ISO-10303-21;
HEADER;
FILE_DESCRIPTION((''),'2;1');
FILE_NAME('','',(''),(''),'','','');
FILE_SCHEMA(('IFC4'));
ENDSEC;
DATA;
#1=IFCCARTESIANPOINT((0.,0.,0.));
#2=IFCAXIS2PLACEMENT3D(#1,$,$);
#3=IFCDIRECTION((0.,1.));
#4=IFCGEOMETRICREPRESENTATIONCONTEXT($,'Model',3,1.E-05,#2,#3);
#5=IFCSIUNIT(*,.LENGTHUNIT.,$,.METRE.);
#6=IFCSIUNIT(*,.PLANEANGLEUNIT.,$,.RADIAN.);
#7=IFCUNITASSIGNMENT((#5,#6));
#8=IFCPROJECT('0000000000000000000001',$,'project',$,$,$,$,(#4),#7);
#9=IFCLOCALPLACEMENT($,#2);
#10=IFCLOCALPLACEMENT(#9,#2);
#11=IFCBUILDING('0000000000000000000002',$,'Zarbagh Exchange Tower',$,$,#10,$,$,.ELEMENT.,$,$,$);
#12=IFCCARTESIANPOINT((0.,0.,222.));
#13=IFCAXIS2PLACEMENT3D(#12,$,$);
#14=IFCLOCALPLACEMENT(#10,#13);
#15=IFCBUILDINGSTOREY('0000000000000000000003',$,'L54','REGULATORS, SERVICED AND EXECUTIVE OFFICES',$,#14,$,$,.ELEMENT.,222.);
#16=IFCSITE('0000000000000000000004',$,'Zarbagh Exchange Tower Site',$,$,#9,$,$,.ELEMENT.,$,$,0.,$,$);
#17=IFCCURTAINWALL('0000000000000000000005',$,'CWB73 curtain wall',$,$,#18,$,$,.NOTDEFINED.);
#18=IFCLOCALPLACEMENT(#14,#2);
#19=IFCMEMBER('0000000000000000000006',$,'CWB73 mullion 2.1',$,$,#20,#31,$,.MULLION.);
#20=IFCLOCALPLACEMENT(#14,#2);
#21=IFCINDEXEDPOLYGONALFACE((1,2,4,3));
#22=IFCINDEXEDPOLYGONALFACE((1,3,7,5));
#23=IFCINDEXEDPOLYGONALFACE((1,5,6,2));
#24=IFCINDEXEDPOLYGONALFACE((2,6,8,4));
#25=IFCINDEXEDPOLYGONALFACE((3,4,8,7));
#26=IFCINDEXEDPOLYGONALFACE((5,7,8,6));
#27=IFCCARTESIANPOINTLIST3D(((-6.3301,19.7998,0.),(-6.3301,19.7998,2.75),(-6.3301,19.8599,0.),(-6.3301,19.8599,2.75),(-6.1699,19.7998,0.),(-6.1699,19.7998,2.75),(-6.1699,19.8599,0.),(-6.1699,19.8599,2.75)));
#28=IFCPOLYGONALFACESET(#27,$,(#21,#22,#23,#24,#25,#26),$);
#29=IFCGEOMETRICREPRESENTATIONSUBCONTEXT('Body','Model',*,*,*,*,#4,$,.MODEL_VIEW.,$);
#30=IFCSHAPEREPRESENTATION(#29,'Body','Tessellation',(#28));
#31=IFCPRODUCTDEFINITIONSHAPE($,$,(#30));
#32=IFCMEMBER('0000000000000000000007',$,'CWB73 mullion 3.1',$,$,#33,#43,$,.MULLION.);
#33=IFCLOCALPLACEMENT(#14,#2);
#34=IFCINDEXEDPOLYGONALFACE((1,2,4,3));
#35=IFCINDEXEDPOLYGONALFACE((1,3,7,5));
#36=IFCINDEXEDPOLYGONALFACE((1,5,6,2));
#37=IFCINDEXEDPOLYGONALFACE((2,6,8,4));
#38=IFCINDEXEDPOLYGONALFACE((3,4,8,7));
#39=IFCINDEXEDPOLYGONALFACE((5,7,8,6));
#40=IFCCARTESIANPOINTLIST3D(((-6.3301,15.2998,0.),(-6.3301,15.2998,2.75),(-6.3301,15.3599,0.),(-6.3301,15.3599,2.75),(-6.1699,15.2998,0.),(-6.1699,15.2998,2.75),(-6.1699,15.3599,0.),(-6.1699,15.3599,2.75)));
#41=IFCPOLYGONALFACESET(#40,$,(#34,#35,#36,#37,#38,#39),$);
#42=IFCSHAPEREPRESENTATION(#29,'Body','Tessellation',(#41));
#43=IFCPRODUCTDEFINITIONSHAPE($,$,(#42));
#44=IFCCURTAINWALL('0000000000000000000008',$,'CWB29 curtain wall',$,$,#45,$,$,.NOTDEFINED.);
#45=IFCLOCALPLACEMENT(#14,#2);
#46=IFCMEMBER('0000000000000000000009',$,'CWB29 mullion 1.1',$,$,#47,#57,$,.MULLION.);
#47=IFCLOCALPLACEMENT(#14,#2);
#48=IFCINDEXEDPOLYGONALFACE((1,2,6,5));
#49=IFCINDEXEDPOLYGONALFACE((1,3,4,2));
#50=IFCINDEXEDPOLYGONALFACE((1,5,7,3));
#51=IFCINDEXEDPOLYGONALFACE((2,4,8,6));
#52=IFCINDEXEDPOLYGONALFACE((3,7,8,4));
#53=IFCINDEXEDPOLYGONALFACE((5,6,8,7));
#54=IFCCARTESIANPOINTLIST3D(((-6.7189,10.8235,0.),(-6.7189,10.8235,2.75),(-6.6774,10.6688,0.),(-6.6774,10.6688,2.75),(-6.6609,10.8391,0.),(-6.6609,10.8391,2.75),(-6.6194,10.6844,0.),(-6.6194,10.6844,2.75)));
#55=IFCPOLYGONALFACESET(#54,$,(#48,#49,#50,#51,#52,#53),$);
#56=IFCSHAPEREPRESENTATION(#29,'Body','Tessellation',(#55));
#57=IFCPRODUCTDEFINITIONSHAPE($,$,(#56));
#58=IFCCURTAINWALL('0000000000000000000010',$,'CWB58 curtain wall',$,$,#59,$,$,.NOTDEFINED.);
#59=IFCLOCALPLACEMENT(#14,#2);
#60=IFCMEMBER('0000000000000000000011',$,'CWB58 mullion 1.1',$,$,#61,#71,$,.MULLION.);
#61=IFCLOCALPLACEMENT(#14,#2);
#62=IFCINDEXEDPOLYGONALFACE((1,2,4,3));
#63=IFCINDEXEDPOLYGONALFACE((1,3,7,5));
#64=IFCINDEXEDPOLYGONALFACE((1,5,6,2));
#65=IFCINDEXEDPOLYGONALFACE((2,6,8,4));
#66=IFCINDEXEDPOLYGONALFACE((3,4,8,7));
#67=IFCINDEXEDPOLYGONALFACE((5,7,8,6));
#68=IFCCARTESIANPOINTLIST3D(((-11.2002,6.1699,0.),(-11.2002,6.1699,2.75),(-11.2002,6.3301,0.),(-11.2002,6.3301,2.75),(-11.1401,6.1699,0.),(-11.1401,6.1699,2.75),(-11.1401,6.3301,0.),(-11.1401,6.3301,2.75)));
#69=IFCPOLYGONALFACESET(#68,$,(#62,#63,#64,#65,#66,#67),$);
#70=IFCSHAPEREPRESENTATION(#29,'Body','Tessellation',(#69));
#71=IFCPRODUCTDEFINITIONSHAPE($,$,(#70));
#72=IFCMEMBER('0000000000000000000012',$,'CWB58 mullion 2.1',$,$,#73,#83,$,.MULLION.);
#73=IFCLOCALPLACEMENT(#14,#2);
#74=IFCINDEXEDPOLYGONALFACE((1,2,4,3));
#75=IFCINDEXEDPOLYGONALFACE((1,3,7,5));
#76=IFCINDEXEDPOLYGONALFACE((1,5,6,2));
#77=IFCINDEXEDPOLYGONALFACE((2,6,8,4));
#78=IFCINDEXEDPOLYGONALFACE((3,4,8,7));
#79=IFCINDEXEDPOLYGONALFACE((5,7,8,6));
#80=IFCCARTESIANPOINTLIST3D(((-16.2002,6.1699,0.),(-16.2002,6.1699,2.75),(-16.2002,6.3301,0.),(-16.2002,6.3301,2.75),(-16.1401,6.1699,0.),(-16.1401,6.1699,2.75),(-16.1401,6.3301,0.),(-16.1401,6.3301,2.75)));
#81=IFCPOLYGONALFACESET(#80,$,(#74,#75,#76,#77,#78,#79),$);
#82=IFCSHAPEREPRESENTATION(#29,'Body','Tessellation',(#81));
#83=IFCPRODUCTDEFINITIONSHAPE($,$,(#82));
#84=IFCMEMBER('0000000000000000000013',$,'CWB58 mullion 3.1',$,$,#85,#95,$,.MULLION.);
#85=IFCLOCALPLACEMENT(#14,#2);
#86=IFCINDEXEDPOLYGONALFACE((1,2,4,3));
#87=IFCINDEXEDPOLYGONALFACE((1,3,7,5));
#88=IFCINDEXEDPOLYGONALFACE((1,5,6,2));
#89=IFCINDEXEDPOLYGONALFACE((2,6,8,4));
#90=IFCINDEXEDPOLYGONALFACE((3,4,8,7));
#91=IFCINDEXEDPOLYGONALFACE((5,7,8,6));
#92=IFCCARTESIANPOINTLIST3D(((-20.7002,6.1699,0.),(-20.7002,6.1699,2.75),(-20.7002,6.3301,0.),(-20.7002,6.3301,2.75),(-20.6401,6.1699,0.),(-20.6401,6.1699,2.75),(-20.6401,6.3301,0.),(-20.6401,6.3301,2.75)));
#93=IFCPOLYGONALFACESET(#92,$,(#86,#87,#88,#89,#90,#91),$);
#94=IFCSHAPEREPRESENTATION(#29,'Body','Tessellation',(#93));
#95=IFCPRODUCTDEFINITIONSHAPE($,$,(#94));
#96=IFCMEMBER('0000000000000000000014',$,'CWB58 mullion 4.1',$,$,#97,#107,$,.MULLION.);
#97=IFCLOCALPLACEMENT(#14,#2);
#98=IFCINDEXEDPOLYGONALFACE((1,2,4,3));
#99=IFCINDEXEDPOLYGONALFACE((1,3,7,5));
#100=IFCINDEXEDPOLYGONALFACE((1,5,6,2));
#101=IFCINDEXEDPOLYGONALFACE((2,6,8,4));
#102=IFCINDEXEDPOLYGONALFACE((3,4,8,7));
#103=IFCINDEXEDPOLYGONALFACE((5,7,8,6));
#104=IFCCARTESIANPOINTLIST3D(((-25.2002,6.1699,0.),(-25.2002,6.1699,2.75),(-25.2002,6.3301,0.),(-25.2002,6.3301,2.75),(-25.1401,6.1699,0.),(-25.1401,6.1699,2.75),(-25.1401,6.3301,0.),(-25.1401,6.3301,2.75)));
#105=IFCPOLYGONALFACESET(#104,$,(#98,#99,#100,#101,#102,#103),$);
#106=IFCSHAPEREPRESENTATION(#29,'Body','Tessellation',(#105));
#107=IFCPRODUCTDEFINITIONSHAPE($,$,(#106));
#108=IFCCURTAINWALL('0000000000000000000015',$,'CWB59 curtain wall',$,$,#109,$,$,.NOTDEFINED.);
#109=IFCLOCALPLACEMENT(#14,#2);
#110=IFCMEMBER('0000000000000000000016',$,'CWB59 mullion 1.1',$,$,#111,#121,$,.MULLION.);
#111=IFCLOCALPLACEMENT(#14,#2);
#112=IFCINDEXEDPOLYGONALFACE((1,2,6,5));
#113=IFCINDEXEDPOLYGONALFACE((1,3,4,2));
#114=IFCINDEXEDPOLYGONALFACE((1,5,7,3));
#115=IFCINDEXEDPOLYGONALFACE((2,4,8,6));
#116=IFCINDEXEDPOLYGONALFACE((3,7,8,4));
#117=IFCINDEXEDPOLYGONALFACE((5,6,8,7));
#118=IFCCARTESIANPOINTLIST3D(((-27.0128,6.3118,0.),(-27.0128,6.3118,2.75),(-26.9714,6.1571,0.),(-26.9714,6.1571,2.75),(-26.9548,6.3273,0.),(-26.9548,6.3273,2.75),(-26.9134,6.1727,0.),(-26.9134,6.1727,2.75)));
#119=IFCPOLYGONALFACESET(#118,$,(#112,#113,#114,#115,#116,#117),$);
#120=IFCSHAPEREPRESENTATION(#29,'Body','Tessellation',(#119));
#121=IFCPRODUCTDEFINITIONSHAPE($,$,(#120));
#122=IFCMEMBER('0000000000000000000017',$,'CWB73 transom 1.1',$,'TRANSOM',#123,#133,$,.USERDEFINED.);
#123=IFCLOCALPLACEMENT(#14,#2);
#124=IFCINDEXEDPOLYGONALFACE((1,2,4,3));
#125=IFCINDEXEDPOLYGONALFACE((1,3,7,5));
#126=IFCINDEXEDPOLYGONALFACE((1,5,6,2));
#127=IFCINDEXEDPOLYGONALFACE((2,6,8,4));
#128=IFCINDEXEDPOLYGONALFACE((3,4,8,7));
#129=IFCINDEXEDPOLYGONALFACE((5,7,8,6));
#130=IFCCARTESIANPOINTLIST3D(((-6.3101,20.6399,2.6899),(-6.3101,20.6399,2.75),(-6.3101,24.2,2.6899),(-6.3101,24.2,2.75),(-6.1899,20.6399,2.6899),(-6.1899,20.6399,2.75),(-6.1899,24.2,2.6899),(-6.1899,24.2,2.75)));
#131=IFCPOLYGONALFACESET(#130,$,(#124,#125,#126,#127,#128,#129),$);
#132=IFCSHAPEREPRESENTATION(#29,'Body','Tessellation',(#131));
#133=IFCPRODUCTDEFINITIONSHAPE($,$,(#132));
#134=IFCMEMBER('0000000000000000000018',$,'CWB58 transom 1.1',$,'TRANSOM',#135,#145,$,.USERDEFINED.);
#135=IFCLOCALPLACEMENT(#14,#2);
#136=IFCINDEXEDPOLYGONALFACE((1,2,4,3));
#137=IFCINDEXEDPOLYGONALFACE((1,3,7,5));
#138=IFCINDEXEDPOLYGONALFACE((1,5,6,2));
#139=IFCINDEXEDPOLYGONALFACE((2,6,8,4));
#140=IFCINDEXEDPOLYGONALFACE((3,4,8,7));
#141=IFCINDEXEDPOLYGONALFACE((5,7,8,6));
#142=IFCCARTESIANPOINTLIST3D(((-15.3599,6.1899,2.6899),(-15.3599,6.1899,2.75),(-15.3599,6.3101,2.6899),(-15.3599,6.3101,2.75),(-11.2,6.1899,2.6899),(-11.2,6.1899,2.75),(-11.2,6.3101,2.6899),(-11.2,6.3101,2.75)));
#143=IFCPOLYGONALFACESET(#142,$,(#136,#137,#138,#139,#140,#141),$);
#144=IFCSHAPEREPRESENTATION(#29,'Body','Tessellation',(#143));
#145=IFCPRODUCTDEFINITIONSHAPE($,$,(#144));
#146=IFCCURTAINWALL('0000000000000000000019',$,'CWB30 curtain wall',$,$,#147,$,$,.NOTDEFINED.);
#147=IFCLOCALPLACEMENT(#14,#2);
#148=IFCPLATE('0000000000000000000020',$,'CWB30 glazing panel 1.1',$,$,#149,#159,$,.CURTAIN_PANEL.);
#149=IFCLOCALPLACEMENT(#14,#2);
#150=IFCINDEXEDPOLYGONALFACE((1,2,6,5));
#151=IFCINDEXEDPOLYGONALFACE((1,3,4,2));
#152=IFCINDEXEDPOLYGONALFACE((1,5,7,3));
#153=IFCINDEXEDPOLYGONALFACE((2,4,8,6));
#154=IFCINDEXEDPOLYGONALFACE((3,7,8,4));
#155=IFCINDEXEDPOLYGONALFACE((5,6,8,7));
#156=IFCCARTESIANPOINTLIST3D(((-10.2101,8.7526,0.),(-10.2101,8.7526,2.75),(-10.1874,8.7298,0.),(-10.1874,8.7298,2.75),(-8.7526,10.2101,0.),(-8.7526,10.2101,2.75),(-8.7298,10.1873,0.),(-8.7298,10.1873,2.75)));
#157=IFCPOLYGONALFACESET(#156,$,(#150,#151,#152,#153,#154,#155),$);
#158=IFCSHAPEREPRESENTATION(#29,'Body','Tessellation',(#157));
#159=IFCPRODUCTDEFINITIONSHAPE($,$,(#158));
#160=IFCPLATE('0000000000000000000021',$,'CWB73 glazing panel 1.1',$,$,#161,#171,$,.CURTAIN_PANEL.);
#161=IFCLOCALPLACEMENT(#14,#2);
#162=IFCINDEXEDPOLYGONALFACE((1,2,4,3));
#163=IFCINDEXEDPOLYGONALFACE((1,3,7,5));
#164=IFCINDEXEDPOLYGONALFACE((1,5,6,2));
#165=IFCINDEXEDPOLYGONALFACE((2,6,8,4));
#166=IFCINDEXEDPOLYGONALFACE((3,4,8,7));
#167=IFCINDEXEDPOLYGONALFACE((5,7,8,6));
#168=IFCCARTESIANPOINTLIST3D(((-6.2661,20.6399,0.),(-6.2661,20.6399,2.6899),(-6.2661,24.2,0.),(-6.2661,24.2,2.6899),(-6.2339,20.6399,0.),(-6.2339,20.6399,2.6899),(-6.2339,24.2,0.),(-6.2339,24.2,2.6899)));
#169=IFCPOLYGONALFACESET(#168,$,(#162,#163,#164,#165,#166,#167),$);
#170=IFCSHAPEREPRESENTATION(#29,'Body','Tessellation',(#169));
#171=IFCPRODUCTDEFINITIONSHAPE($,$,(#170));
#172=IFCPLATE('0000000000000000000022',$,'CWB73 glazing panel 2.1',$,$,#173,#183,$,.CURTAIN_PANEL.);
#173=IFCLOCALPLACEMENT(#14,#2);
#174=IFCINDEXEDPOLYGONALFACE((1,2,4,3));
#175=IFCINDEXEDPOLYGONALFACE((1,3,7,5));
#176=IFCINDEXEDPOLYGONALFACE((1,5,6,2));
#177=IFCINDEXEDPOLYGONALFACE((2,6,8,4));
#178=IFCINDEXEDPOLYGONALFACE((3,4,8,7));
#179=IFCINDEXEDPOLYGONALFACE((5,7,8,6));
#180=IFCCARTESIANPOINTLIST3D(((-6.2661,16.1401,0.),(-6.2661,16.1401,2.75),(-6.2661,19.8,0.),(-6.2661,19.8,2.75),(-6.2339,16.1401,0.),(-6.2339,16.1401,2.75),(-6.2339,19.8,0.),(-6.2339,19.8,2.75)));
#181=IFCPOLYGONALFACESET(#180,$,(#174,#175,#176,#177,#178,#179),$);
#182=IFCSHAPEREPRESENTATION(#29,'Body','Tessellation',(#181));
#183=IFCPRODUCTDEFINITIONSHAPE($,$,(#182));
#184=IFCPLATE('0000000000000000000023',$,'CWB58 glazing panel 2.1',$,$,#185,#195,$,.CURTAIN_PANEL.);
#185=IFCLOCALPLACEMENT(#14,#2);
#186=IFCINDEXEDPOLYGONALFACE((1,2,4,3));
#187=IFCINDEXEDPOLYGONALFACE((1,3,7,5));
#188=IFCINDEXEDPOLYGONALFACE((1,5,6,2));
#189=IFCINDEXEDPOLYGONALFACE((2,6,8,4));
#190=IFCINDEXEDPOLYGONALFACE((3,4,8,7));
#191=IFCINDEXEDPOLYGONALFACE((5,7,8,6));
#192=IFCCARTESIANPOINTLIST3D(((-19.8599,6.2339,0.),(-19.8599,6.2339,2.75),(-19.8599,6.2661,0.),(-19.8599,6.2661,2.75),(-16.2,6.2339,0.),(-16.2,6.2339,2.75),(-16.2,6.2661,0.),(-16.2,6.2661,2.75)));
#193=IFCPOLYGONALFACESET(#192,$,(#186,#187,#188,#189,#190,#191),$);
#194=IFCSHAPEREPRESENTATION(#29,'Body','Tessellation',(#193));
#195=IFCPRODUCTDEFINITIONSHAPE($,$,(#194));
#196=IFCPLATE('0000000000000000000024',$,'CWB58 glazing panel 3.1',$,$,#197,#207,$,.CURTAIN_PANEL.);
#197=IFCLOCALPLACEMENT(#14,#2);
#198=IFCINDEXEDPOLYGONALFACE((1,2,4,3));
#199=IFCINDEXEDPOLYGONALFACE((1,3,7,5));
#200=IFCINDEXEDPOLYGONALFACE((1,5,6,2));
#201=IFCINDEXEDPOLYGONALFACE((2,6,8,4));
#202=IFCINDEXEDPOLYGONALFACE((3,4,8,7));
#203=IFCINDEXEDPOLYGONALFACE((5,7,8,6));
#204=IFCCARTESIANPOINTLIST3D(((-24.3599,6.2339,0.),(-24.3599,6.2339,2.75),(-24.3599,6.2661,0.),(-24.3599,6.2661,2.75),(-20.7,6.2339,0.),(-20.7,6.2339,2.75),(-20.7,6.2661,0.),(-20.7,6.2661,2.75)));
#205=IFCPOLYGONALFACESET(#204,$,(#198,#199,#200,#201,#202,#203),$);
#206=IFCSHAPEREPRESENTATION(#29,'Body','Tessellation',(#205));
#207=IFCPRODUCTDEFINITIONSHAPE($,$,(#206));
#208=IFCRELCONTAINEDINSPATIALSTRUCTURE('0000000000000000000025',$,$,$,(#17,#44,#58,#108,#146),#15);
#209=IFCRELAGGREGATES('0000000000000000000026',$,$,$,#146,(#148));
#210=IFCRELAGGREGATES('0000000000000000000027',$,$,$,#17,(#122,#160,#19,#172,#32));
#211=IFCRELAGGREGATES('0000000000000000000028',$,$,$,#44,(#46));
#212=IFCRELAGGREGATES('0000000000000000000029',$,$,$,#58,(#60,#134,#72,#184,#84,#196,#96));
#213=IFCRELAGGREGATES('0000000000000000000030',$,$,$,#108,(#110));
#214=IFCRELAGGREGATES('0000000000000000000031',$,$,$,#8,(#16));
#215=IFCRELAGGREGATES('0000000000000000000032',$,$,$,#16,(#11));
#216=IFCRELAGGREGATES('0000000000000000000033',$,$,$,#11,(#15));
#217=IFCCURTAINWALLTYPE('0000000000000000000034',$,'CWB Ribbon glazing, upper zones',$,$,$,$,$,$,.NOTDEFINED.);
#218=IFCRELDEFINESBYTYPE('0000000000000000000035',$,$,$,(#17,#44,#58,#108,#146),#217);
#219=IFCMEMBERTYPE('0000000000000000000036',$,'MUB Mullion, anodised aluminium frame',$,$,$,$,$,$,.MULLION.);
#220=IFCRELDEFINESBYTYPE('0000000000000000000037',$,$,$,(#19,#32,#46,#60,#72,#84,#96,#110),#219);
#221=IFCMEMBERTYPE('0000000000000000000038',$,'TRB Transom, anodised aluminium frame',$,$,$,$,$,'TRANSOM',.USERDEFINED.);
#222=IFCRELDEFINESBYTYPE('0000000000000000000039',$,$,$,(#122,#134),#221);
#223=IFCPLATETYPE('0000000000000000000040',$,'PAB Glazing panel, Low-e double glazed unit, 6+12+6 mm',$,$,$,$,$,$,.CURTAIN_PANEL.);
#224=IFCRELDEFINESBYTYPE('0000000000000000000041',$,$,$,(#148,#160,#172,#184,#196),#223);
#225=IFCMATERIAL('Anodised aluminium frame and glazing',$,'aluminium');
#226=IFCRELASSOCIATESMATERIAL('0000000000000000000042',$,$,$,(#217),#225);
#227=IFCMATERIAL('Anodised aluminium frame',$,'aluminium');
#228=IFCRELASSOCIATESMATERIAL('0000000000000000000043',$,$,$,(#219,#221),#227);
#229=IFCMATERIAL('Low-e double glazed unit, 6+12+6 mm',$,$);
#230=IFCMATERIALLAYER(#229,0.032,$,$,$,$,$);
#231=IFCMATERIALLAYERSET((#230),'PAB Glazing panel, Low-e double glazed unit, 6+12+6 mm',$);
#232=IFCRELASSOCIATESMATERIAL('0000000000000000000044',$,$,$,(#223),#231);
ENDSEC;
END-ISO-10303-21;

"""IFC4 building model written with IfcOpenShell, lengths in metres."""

from ifc_helpers import new_model, si_unit, direction, frame, origin, place, context, subcontext, project, spatial, polyline, outline, extrude, source, transform, mapped, material, layer, layer_set, type_object, element, aggregate, save


model = new_model("IFC4")

# Units and contexts
model_context = context("Model", 3, precision=1e-05, world=origin(), true_north=direction((0.0, 1.0)))
body_context = subcontext(model_context, "Body", "Model", "MODEL_VIEW")
ifc_project = project(units=[si_unit("LENGTHUNIT", "METRE"), si_unit("PLANEANGLEUNIT", "RADIAN")], contexts=[model_context])

# Site, building, storey
site_placement = place(None, origin())
site = spatial("IfcSite", under=ifc_project, at=site_placement, Name="Zarbagh Exchange Tower Site", CompositionType="ELEMENT", RefElevation=0.0)
building_placement = place(site_placement, origin())
building = spatial("IfcBuilding", under=site, at=building_placement, Name="Zarbagh Exchange Tower", CompositionType="ELEMENT")
storey_placement = place(building_placement, frame((0.0, 0.0, 222.0)))
storey = spatial("IfcBuildingStorey", under=building, at=storey_placement, Name="L54", Description="REGULATORS, SERVICED AND EXECUTIVE OFFICES", CompositionType="ELEMENT", Elevation=222.0)

# Curtain wall, members
ifc_material_1 = material(Name="Anodised aluminium frame and glazing", Category="aluminium")
curtain_wall_type = type_object("IfcCurtainWallType", Name="CWB Ribbon glazing, upper zones", PredefinedType="NOTDEFINED", material=ifc_material_1)
curtain_wall_1_placement = place(storey_placement, origin())
curtain_wall_1 = element("IfcCurtainWall", 1, at=curtain_wall_1_placement, inside=storey, type_object=curtain_wall_type, Name="CWB73 curtain wall", PredefinedType="NOTDEFINED")
ifc_material_2 = material(Name="Anodised aluminium frame", Category="aluminium")
member_type_1 = type_object("IfcMemberType", Name="MUB Mullion, anodised aluminium frame", PredefinedType="MULLION", material=ifc_material_2)
shared_shape_1 = source(origin(), body_context, "Body", "SweptSolid", [
    extrude(outline(polyline([(0.0, -0.0801), (0.0601, -0.0801), (0.0601, 0.0801), (0.0, 0.0801), (0.0, -0.0801)])), origin(), (0.0, 0.0, 1.0), 2.75),
])
placement = place(storey_placement, origin())
member_1 = element("IfcMember", 2, at=placement, type_object=member_type_1, Name="CWB73 mullion 2.1", PredefinedType="MULLION", context=body_context, shape_type="MappedRepresentation", body=[
    mapped(shared_shape_1, transform((-6.25, 19.8599, 0.0), x_axis=(0.0, -1.0, 0.0), y_axis=(1.0, 0.0, 0.0), z_axis=(0.0, 0.0, 1.0))),
])
member_2 = element("IfcMember", 3, at=placement, type_object=member_type_1, Name="CWB73 mullion 3.1", PredefinedType="MULLION", context=body_context, shape_type="MappedRepresentation", body=[
    mapped(shared_shape_1, transform((-6.25, 15.3599, 0.0), x_axis=(0.0, -1.0, 0.0), y_axis=(1.0, 0.0, 0.0), z_axis=(0.0, 0.0, 1.0))),
])

# Curtain wall, member
curtain_wall_2_placement = place(storey_placement, origin())
curtain_wall_2 = element("IfcCurtainWall", 4, at=curtain_wall_2_placement, inside=storey, type_object=curtain_wall_type, Name="CWB29 curtain wall", PredefinedType="NOTDEFINED")
member_3 = element("IfcMember", 5, at=placement, type_object=member_type_1, Name="CWB29 mullion 1.1", PredefinedType="MULLION", context=body_context, shape_type="MappedRepresentation", body=[
    mapped(shared_shape_1, transform((-6.6401, 10.7617, 0.0), x_axis=(-0.965924, -0.258825, 0.0), y_axis=(0.258825, -0.965924, 0.0), z_axis=(0.0, 0.0, 1.0))),
])

# Curtain wall, members
curtain_wall_3_placement = place(storey_placement, origin())
curtain_wall_3 = element("IfcCurtainWall", 6, at=curtain_wall_3_placement, inside=storey, type_object=curtain_wall_type, Name="CWB58 curtain wall", PredefinedType="NOTDEFINED")
member_4 = element("IfcMember", 7, at=placement, type_object=member_type_1, Name="CWB58 mullion 1.1", PredefinedType="MULLION", context=body_context, shape_type="MappedRepresentation", body=[
    mapped(shared_shape_1, transform((-11.1401, 6.25, 0.0), x_axis=(-1.0, 0.0, 0.0), y_axis=(0.0, -1.0, 0.0), z_axis=(0.0, 0.0, 1.0))),
])
member_5 = element("IfcMember", 8, at=placement, type_object=member_type_1, Name="CWB58 mullion 2.1", PredefinedType="MULLION", context=body_context, shape_type="MappedRepresentation", body=[
    mapped(shared_shape_1, transform((-16.1401, 6.25, 0.0), x_axis=(-1.0, 0.0, 0.0), y_axis=(0.0, -1.0, 0.0), z_axis=(0.0, 0.0, 1.0))),
])
member_6 = element("IfcMember", 9, at=placement, type_object=member_type_1, Name="CWB58 mullion 3.1", PredefinedType="MULLION", context=body_context, shape_type="MappedRepresentation", body=[
    mapped(shared_shape_1, transform((-20.6401, 6.25, 0.0), x_axis=(-1.0, 0.0, 0.0), y_axis=(0.0, -1.0, 0.0), z_axis=(0.0, 0.0, 1.0))),
])
member_7 = element("IfcMember", 10, at=placement, type_object=member_type_1, Name="CWB58 mullion 4.1", PredefinedType="MULLION", context=body_context, shape_type="MappedRepresentation", body=[
    mapped(shared_shape_1, transform((-25.1401, 6.25, 0.0), x_axis=(-1.0, 0.0, 0.0), y_axis=(0.0, -1.0, 0.0), z_axis=(0.0, 0.0, 1.0))),
])

# Curtain wall, member
curtain_wall_4_placement = place(storey_placement, origin())
curtain_wall_4 = element("IfcCurtainWall", 11, at=curtain_wall_4_placement, inside=storey, type_object=curtain_wall_type, Name="CWB59 curtain wall", PredefinedType="NOTDEFINED")
member_8 = element("IfcMember", 12, at=placement, type_object=member_type_1, Name="CWB59 mullion 1.1", PredefinedType="MULLION", context=body_context, shape_type="MappedRepresentation", body=[
    mapped(shared_shape_1, transform((-26.9341, 6.25, 0.0), x_axis=(-0.965924, -0.258825, 0.0), y_axis=(0.258825, -0.965924, 0.0), z_axis=(0.0, 0.0, 1.0))),
])

# Members
member_type_2 = type_object("IfcMemberType", Name="TRB Transom, anodised aluminium frame", ElementType="TRANSOM", PredefinedType="USERDEFINED", material=ifc_material_2)
shared_shape_2 = source(origin(), body_context, "Body", "SweptSolid", [
    extrude(outline(polyline([(-0.0601, -0.0601), (0.0, -0.0601), (0.0, 0.0601), (-0.0601, 0.0601), (-0.0601, -0.0601)])), origin(), (0.0, 0.0, 1.0), 3.5601),
])
member_9 = element("IfcMember", 13, at=placement, type_object=member_type_2, Name="CWB73 transom 1.1", ObjectType="TRANSOM", PredefinedType="USERDEFINED", context=body_context, shape_type="MappedRepresentation", body=[
    mapped(shared_shape_2, transform((-6.25, 24.2, 2.75), x_axis=(0.0, 0.0, 1.0), y_axis=(-1.0, 0.0, 0.0), z_axis=(0.0, -1.0, 0.0))),
])
shared_shape_3 = source(origin(), body_context, "Body", "SweptSolid", [
    extrude(outline(polyline([(-0.0601, -0.0601), (0.0, -0.0601), (0.0, 0.0601), (-0.0601, 0.0601), (-0.0601, -0.0601)])), origin(), (0.0, 0.0, 1.0), 4.1599),
])
member_10 = element("IfcMember", 14, at=placement, type_object=member_type_2, Name="CWB58 transom 1.1", ObjectType="TRANSOM", PredefinedType="USERDEFINED", context=body_context, shape_type="MappedRepresentation", body=[
    mapped(shared_shape_3, transform((-11.2, 6.25, 2.75), x_axis=(0.0, 0.0, 1.0), y_axis=(0.0, 1.0, 0.0), z_axis=(-1.0, 0.0, 0.0))),
])

# Curtain wall, plate
curtain_wall_5_placement = place(storey_placement, origin())
curtain_wall_5 = element("IfcCurtainWall", 15, at=curtain_wall_5_placement, inside=storey, type_object=curtain_wall_type, Name="CWB30 curtain wall", PredefinedType="NOTDEFINED")
ifc_material_3 = material(Name="Low-e double glazed unit, 6+12+6 mm")
ifc_layer = layer(ifc_material_3, 0.032)
ifc_layer_set = layer_set([ifc_layer], Name="PAB Glazing panel, Low-e double glazed unit, 6+12+6 mm")
plate_type = type_object("IfcPlateType", Name="PAB Glazing panel, Low-e double glazed unit, 6+12+6 mm", PredefinedType="CURTAIN_PANEL", material=ifc_layer_set)
shared_shape_4 = source(origin(), body_context, "Body", "SweptSolid", [
    extrude(outline(polyline([(0.0, -0.0161), (2.0613, -0.0161), (2.0613, 0.0161), (0.0, 0.0161), (0.0, -0.0161)])), origin(), (0.0, 0.0, 1.0), 2.75),
])
plate_1 = element("IfcPlate", 16, at=placement, type_object=plate_type, Name="CWB30 glazing panel 1.1", PredefinedType="CURTAIN_PANEL", context=body_context, shape_type="MappedRepresentation", body=[
    mapped(shared_shape_4, transform((-8.7412, 10.1987, 0.0), x_axis=(-0.707107, -0.707107, 0.0), y_axis=(0.707107, -0.707107, 0.0), z_axis=(0.0, 0.0, 1.0))),
])
aggregate(curtain_wall_5, [plate_1])

# Plates
shared_shape_5 = source(origin(), body_context, "Body", "SweptSolid", [
    extrude(outline(polyline([(0.0, -0.0161), (3.5601, -0.0161), (3.5601, 0.0161), (0.0, 0.0161), (0.0, -0.0161)])), origin(), (0.0, 0.0, 1.0), 2.6899),
])
plate_2 = element("IfcPlate", 17, at=placement, type_object=plate_type, Name="CWB73 glazing panel 1.1", PredefinedType="CURTAIN_PANEL", context=body_context, shape_type="MappedRepresentation", body=[
    mapped(shared_shape_5, transform((-6.25, 24.2, 0.0), x_axis=(0.0, -1.0, 0.0), y_axis=(1.0, 0.0, 0.0), z_axis=(0.0, 0.0, 1.0))),
])
shared_shape_6 = source(origin(), body_context, "Body", "SweptSolid", [
    extrude(outline(polyline([(0.0, -0.0161), (3.6599, -0.0161), (3.6599, 0.0161), (0.0, 0.0161), (0.0, -0.0161)])), origin(), (0.0, 0.0, 1.0), 2.75),
])
plate_3 = element("IfcPlate", 18, at=placement, type_object=plate_type, Name="CWB73 glazing panel 2.1", PredefinedType="CURTAIN_PANEL", context=body_context, shape_type="MappedRepresentation", body=[
    mapped(shared_shape_6, transform((-6.25, 19.8, 0.0), x_axis=(0.0, -1.0, 0.0), y_axis=(1.0, 0.0, 0.0), z_axis=(0.0, 0.0, 1.0))),
])
plate_4 = element("IfcPlate", 19, at=placement, type_object=plate_type, Name="CWB58 glazing panel 2.1", PredefinedType="CURTAIN_PANEL", context=body_context, shape_type="MappedRepresentation", body=[
    mapped(shared_shape_6, transform((-16.2, 6.25, 0.0), x_axis=(-1.0, 0.0, 0.0), y_axis=(0.0, -1.0, 0.0), z_axis=(0.0, 0.0, 1.0))),
])
plate_5 = element("IfcPlate", 20, at=placement, type_object=plate_type, Name="CWB58 glazing panel 3.1", PredefinedType="CURTAIN_PANEL", context=body_context, shape_type="MappedRepresentation", body=[
    mapped(shared_shape_6, transform((-20.7, 6.25, 0.0), x_axis=(-1.0, 0.0, 0.0), y_axis=(0.0, -1.0, 0.0), z_axis=(0.0, 0.0, 1.0))),
])
aggregate(curtain_wall_1, [member_9, plate_2, member_1, plate_3, member_2])
aggregate(curtain_wall_2, [member_3])

aggregate(curtain_wall_3, [member_4, member_10, member_5, plate_4, member_6, plate_5, member_7])
aggregate(curtain_wall_4, [member_8])

save(model, "model.ifc")
